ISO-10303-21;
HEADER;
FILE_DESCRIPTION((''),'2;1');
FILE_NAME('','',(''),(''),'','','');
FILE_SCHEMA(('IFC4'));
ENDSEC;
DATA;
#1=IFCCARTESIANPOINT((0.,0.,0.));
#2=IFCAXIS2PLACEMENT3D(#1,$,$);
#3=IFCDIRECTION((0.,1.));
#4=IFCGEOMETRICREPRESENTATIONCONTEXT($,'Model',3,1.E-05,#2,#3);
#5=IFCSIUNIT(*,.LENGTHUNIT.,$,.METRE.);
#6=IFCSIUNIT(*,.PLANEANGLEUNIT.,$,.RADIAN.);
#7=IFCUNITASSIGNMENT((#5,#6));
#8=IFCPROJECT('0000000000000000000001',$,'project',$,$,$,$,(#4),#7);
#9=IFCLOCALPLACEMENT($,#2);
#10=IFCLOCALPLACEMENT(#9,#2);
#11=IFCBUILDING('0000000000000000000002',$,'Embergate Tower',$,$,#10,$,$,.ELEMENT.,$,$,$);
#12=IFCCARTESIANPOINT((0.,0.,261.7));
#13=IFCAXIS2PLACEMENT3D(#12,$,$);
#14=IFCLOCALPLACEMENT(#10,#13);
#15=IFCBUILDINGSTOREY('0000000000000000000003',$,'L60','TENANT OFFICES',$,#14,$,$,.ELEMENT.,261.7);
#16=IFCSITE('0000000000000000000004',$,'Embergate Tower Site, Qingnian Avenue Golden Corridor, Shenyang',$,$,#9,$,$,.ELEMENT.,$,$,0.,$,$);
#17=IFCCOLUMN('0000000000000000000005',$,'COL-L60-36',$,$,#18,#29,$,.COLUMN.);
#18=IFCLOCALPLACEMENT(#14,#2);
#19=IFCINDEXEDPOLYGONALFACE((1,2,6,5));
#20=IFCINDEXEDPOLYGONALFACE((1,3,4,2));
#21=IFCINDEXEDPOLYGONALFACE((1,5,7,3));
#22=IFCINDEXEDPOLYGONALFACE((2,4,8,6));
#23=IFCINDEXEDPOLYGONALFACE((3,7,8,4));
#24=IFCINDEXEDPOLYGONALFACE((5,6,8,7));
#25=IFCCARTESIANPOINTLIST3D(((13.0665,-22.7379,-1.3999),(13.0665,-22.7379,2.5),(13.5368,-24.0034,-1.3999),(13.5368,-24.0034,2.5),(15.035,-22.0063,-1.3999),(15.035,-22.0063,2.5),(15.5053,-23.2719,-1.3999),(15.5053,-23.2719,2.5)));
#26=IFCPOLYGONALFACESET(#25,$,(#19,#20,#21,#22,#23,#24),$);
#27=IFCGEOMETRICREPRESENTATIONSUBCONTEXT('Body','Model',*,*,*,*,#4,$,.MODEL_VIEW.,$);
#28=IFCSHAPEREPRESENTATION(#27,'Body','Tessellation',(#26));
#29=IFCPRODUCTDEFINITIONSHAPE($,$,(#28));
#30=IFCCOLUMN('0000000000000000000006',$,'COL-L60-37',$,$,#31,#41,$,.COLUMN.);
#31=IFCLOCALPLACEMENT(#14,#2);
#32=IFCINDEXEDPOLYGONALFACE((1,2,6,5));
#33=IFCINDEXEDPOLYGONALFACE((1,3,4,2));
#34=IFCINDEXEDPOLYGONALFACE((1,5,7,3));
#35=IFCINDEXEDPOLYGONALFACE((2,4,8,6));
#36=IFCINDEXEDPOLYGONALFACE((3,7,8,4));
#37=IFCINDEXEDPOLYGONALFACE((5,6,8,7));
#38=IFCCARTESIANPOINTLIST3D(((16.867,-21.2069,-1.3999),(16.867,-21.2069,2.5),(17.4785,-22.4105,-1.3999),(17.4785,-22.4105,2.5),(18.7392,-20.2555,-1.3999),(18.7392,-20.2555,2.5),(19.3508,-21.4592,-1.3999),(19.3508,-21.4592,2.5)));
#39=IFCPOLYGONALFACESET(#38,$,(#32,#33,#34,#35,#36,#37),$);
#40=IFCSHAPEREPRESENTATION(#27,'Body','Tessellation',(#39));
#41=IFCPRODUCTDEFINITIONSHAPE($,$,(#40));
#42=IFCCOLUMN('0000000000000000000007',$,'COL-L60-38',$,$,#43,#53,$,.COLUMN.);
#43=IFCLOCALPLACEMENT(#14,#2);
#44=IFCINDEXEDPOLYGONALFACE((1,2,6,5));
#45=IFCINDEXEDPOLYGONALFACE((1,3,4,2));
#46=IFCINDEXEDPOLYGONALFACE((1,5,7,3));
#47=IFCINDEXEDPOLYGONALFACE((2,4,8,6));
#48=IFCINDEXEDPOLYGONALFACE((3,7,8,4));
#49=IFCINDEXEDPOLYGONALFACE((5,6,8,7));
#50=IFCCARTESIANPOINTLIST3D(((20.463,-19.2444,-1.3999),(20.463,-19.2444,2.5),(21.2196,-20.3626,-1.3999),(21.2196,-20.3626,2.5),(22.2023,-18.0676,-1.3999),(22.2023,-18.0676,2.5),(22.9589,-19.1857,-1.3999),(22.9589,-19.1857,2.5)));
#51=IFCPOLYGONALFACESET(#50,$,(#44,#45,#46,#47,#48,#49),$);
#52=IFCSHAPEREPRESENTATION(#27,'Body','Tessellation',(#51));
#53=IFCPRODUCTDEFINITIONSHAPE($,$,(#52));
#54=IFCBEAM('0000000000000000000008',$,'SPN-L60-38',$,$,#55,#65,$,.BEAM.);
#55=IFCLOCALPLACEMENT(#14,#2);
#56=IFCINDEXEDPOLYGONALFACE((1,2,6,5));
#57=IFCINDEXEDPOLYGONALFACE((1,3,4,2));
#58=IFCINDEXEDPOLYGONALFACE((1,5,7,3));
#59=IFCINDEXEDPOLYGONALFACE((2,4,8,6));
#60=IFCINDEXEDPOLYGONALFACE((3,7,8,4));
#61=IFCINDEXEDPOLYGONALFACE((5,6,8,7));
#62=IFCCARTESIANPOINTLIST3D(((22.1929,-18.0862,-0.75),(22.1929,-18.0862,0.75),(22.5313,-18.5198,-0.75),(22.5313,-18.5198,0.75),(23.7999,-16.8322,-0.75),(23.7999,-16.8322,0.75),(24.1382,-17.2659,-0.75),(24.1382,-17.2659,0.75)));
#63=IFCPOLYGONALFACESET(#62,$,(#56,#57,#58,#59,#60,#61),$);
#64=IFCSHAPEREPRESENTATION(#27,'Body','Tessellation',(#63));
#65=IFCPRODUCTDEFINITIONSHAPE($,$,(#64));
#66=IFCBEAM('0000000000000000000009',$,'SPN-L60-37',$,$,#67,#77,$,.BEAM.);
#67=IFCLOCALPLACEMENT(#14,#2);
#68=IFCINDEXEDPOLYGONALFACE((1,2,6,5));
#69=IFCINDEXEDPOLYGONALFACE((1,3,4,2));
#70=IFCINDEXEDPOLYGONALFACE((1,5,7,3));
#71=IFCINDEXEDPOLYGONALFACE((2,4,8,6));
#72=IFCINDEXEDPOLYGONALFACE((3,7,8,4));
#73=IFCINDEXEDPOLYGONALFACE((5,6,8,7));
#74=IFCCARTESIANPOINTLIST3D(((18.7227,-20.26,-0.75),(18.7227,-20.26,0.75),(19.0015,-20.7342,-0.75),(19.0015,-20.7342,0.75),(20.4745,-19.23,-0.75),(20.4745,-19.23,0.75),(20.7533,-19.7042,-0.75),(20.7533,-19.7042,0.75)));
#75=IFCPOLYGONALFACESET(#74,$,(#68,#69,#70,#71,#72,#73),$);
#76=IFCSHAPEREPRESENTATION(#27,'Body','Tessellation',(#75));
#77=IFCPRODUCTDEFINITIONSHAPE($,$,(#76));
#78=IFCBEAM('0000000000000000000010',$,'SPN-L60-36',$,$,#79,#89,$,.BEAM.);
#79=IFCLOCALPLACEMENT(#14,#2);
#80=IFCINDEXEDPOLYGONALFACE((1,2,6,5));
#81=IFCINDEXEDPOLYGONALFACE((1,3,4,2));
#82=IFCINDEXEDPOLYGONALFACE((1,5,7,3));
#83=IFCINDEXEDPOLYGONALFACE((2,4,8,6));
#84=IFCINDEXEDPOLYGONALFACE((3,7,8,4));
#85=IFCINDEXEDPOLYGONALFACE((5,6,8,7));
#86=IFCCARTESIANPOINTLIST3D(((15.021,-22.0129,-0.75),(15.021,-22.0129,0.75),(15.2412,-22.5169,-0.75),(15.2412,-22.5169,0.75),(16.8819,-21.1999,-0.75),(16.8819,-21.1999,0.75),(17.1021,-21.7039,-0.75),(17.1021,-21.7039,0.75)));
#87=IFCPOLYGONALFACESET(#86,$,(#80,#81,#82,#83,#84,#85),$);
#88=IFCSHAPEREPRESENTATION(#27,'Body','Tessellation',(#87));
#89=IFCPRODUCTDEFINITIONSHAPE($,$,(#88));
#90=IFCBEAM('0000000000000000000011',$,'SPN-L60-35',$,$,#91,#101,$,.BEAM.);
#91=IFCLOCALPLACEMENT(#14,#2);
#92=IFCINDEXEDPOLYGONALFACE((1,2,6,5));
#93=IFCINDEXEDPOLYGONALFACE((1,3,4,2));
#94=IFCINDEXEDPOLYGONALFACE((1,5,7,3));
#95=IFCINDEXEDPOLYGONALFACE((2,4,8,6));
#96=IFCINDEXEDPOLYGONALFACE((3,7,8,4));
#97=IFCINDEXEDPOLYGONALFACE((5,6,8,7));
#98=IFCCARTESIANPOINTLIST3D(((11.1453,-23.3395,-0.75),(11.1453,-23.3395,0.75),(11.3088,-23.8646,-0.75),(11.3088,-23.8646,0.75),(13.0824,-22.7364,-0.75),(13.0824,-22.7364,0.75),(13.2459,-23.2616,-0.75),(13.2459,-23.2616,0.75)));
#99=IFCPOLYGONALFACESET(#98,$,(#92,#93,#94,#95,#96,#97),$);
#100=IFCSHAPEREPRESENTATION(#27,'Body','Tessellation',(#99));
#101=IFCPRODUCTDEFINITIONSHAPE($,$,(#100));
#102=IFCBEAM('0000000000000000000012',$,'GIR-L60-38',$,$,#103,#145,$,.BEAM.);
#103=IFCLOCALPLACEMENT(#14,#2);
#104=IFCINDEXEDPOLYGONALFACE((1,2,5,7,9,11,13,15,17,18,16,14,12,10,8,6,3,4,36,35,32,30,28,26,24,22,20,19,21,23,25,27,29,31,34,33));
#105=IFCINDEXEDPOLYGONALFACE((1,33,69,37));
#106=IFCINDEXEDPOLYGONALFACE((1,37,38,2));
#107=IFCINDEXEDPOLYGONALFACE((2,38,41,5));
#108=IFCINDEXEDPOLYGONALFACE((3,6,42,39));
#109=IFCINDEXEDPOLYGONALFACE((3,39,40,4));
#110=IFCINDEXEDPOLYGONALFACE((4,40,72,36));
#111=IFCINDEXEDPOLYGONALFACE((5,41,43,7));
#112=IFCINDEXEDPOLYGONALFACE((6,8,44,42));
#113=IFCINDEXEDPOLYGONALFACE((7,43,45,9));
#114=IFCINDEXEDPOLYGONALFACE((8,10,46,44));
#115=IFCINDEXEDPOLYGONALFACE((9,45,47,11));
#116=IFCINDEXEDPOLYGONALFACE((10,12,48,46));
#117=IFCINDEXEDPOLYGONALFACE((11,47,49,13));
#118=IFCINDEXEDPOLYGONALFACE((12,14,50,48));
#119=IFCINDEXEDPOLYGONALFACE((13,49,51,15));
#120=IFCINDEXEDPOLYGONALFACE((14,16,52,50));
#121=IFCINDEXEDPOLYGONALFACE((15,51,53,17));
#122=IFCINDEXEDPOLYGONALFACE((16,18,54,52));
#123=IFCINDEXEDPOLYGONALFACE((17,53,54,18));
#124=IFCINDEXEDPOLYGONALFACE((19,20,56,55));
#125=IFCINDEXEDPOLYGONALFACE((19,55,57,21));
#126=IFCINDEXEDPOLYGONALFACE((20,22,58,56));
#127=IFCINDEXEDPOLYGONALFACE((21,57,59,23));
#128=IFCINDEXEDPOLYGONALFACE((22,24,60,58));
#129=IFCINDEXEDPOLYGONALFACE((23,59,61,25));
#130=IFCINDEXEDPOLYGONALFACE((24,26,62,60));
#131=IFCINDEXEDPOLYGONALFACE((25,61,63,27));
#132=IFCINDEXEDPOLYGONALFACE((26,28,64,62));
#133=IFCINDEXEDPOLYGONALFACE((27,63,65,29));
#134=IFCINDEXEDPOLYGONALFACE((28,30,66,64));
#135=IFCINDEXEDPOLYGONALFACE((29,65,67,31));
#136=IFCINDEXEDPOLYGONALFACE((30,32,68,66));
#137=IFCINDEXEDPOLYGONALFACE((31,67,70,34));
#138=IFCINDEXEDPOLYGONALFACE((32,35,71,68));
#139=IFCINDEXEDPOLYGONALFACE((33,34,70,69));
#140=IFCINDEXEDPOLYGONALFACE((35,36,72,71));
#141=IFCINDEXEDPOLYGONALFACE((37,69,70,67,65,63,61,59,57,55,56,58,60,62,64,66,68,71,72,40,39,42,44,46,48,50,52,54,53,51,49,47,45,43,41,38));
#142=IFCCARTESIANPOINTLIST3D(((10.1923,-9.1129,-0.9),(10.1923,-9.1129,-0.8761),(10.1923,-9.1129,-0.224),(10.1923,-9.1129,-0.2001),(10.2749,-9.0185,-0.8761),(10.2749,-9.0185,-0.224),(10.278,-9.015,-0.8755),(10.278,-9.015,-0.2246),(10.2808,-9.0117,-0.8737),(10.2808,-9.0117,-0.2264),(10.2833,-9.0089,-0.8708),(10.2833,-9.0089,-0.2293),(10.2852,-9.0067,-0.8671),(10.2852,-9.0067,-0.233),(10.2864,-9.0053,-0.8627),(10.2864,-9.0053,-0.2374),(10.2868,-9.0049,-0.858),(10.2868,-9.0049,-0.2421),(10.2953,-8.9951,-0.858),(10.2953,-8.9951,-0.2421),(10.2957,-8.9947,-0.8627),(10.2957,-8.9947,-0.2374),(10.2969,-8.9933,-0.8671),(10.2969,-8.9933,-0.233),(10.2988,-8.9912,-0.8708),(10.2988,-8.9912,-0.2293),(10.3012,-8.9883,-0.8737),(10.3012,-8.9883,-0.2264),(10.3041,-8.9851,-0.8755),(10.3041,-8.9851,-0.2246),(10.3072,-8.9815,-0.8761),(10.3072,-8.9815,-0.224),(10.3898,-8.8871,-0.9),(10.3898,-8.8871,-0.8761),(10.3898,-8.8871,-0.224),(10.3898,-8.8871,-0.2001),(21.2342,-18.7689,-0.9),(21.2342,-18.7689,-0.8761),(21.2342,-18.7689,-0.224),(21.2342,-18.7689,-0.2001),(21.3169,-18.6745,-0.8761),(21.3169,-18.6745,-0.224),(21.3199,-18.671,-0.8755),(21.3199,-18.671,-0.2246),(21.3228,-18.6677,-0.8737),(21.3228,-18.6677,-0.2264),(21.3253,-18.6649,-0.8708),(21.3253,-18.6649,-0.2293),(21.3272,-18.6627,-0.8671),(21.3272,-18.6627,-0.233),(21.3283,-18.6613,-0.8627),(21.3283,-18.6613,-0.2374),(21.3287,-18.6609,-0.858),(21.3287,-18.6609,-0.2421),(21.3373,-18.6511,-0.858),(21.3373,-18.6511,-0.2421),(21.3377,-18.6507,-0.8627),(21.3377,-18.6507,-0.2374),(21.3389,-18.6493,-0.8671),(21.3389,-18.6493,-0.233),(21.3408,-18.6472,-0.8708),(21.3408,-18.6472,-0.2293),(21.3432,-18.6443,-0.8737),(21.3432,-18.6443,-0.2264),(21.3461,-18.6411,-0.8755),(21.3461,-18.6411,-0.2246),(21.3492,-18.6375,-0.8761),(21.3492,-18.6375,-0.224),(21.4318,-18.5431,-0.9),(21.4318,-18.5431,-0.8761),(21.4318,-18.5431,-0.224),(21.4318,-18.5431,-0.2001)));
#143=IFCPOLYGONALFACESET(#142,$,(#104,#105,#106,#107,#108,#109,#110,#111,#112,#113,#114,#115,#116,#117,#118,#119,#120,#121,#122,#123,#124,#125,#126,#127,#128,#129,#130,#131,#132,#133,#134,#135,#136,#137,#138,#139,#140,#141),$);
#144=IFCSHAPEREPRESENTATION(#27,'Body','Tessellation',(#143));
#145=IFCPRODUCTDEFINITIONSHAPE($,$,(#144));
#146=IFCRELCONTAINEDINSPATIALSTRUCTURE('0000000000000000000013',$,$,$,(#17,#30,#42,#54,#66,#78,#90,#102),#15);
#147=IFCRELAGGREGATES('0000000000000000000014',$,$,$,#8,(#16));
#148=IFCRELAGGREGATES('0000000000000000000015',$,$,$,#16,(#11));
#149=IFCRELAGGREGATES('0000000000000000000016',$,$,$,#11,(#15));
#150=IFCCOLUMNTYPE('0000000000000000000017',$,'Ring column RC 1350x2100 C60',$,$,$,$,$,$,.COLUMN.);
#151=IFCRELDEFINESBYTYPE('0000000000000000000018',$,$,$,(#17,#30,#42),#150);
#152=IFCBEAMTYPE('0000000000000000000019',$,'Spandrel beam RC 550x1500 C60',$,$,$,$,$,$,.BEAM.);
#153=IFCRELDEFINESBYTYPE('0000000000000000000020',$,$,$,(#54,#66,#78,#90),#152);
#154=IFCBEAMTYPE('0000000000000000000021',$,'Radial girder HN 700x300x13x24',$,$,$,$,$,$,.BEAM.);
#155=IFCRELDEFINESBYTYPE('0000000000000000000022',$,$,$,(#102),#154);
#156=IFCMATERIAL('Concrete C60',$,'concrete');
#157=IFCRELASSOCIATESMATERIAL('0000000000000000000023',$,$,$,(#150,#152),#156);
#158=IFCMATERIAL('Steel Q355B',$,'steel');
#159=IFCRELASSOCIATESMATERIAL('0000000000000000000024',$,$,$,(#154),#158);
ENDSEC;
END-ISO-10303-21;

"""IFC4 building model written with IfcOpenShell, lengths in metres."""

from ifc_helpers import new_model, si_unit, direction, frame, origin, origin_2d, place, context, subcontext, project, spatial, rectangle, i_section, extrude, source, transform, mapped, material, material_profile, profile_set, type_object, element, save


model = new_model("IFC4")

# Units and contexts
model_context = context("Model", 3, precision=1e-05, world=origin(), true_north=direction((0.0, 1.0)))
body_context = subcontext(model_context, "Body", "Model", "MODEL_VIEW")
ifc_project = project(units=[si_unit("LENGTHUNIT", "METRE"), si_unit("PLANEANGLEUNIT", "RADIAN")], contexts=[model_context])

# Site, building, storey
site_placement = place(None, origin())
site = spatial("IfcSite", under=ifc_project, at=site_placement, Name="Embergate Tower Site, Qingnian Avenue Golden Corridor, Shenyang", CompositionType="ELEMENT", RefElevation=0.0)
building_placement = place(site_placement, origin())
building = spatial("IfcBuilding", under=site, at=building_placement, Name="Embergate Tower", CompositionType="ELEMENT")
storey_placement = place(building_placement, frame((0.0, 0.0, 261.7)))
storey = spatial("IfcBuildingStorey", under=building, at=storey_placement, Name="L60", Description="TENANT OFFICES", CompositionType="ELEMENT", Elevation=261.7)

# Columns
ifc_material_1 = material(Name="Concrete C60", Category="concrete")
ifc_material_profile_1 = material_profile(ifc_material_1, rectangle(XDim=1.3501, YDim=2.1001, at=origin_2d()), Name="RC 1350x2100")
ifc_profile_set_1 = profile_set([ifc_material_profile_1], Name="Concrete C60")
column_type = type_object("IfcColumnType", Name="Ring column RC 1350x2100 C60", PredefinedType="COLUMN", material=ifc_profile_set_1)
shared_shape_1 = source(origin(), body_context, "Body", "SweptSolid", [
    extrude(rectangle(XDim=1.3501, YDim=2.1001, at=origin_2d()), origin(), (0.0, 0.0, 1.0), 3.8999),
])
for number, where, z_axis, x_axis, name in (
    (1, (14.2859, -23.0049, -1.3999), (0.0, 0.0, 1.0), (0.348343, -0.937367, 0.0), "COL-L60-36"),
    (2, (18.1089, -21.333, -1.3999), (0.0, 0.0, 1.0), (0.452995, -0.891513, 0.0), "COL-L60-37"),
    (3, (21.7109, -19.2151, -1.3999), (0.0, 0.0, 1.0), (0.560393, -0.828227, 0.0), "COL-L60-38"),
):
    element("IfcColumn", number, at=place(storey_placement, frame(where, z_axis=z_axis, x_axis=x_axis)), inside=storey, type_object=column_type, Name=name, PredefinedType="COLUMN", context=body_context, shape_type="MappedRepresentation", body=[
        mapped(shared_shape_1, transform((0.0, 0.0, 0.0))),
    ])

# Beams
ifc_material_profile_2 = material_profile(ifc_material_1, rectangle(XDim=0.55, YDim=1.5, at=origin_2d()), Name="RC 550x1500")
ifc_profile_set_2 = profile_set([ifc_material_profile_2], Name="Concrete C60")
beam_type_1 = type_object("IfcBeamType", Name="Spandrel beam RC 550x1500 C60", PredefinedType="BEAM", material=ifc_profile_set_2)
shared_shape_2 = source(origin(), body_context, "Body", "SweptSolid", [
    extrude(rectangle(XDim=0.55, YDim=1.5, at=origin_2d()), origin(), (0.0, 0.0, 1.0), 2.0383),
])
beam_1_placement = place(storey_placement, frame((22.3621, -18.303, 0.0), z_axis=(0.788384, 0.615184, 0.0), x_axis=(-0.615184, 0.788384, 0.0)))
element("IfcBeam", 4, at=beam_1_placement, inside=storey, type_object=beam_type_1, Name="SPN-L60-38", PredefinedType="BEAM", context=body_context, shape_type="MappedRepresentation", body=[
    mapped(shared_shape_2, transform((0.0, 0.0, 0.0))),
])
shared_shape_3 = source(origin(), body_context, "Body", "SweptSolid", [
    extrude(rectangle(XDim=0.55, YDim=1.5, at=origin_2d()), origin(), (0.0, 0.0, 1.0), 2.0322),
])
beam_2_placement = place(storey_placement, frame((18.8621, -20.4971, 0.0), z_axis=(0.862048, 0.506826, 0.0), x_axis=(-0.506826, 0.862048, 0.0)))
element("IfcBeam", 5, at=beam_2_placement, inside=storey, type_object=beam_type_1, Name="SPN-L60-37", PredefinedType="BEAM", context=body_context, shape_type="MappedRepresentation", body=[
    mapped(shared_shape_3, transform((0.0, 0.0, 0.0))),
])
shared_shape_4 = source(origin(), body_context, "Body", "SweptSolid", [
    extrude(rectangle(XDim=0.55, YDim=1.5, at=origin_2d()), origin(), (0.0, 0.0, 1.0), 2.0308),
])
beam_3_placement = place(storey_placement, frame((15.1311, -22.2649, 0.0), z_axis=(0.916361, 0.400352, 0.0), x_axis=(-0.400352, 0.916361, 0.0)))
element("IfcBeam", 6, at=beam_3_placement, inside=storey, type_object=beam_type_1, Name="SPN-L60-36", PredefinedType="BEAM", context=body_context, shape_type="MappedRepresentation", body=[
    mapped(shared_shape_4, transform((0.0, 0.0, 0.0))),
])
shared_shape_5 = source(origin(), body_context, "Body", "SweptSolid", [
    extrude(rectangle(XDim=0.55, YDim=1.5, at=origin_2d()), origin(), (0.0, 0.0, 1.0), 2.0288),
])
beam_4_placement = place(storey_placement, frame((11.2271, -23.6021, 0.0), z_axis=(0.954801, 0.297247, 0.0), x_axis=(-0.297247, 0.954801, 0.0)))
element("IfcBeam", 7, at=beam_4_placement, inside=storey, type_object=beam_type_1, Name="SPN-L60-35", PredefinedType="BEAM", context=body_context, shape_type="MappedRepresentation", body=[
    mapped(shared_shape_5, transform((0.0, 0.0, 0.0))),
])
ifc_material_2 = material(Name="Steel Q355B", Category="steel")
ifc_material_profile_3 = material_profile(ifc_material_2, i_section(OverallWidth=0.3, OverallDepth=0.7, WebThickness=0.0129, FlangeThickness=0.0239, FilletRadius=0.0181, at=origin_2d()), Name="HN 700x300x13x24")
ifc_profile_set_3 = profile_set([ifc_material_profile_3], Name="Steel Q355 grade B")
beam_type_2 = type_object("IfcBeamType", Name="Radial girder HN 700x300x13x24", PredefinedType="BEAM", material=ifc_profile_set_3)
shared_shape_6 = source(origin(), body_context, "Body", "SweptSolid", [
    extrude(i_section(OverallWidth=0.3, OverallDepth=0.7, WebThickness=0.0129, FlangeThickness=0.0239, FilletRadius=0.0181, at=origin_2d()), origin(), (0.0, 0.0, 1.0), 14.6685),
])
beam_5_placement = place(storey_placement, frame((21.333, -18.656, -0.55), z_axis=(-0.75277, 0.658283, 0.0), x_axis=(-0.658283, -0.75277, 0.0)))
element("IfcBeam", 8, at=beam_5_placement, inside=storey, type_object=beam_type_2, Name="GIR-L60-38", PredefinedType="BEAM", context=body_context, shape_type="MappedRepresentation", body=[
    mapped(shared_shape_6, transform((0.0, 0.0, 0.0))),
])

save(model, "model.ifc")
